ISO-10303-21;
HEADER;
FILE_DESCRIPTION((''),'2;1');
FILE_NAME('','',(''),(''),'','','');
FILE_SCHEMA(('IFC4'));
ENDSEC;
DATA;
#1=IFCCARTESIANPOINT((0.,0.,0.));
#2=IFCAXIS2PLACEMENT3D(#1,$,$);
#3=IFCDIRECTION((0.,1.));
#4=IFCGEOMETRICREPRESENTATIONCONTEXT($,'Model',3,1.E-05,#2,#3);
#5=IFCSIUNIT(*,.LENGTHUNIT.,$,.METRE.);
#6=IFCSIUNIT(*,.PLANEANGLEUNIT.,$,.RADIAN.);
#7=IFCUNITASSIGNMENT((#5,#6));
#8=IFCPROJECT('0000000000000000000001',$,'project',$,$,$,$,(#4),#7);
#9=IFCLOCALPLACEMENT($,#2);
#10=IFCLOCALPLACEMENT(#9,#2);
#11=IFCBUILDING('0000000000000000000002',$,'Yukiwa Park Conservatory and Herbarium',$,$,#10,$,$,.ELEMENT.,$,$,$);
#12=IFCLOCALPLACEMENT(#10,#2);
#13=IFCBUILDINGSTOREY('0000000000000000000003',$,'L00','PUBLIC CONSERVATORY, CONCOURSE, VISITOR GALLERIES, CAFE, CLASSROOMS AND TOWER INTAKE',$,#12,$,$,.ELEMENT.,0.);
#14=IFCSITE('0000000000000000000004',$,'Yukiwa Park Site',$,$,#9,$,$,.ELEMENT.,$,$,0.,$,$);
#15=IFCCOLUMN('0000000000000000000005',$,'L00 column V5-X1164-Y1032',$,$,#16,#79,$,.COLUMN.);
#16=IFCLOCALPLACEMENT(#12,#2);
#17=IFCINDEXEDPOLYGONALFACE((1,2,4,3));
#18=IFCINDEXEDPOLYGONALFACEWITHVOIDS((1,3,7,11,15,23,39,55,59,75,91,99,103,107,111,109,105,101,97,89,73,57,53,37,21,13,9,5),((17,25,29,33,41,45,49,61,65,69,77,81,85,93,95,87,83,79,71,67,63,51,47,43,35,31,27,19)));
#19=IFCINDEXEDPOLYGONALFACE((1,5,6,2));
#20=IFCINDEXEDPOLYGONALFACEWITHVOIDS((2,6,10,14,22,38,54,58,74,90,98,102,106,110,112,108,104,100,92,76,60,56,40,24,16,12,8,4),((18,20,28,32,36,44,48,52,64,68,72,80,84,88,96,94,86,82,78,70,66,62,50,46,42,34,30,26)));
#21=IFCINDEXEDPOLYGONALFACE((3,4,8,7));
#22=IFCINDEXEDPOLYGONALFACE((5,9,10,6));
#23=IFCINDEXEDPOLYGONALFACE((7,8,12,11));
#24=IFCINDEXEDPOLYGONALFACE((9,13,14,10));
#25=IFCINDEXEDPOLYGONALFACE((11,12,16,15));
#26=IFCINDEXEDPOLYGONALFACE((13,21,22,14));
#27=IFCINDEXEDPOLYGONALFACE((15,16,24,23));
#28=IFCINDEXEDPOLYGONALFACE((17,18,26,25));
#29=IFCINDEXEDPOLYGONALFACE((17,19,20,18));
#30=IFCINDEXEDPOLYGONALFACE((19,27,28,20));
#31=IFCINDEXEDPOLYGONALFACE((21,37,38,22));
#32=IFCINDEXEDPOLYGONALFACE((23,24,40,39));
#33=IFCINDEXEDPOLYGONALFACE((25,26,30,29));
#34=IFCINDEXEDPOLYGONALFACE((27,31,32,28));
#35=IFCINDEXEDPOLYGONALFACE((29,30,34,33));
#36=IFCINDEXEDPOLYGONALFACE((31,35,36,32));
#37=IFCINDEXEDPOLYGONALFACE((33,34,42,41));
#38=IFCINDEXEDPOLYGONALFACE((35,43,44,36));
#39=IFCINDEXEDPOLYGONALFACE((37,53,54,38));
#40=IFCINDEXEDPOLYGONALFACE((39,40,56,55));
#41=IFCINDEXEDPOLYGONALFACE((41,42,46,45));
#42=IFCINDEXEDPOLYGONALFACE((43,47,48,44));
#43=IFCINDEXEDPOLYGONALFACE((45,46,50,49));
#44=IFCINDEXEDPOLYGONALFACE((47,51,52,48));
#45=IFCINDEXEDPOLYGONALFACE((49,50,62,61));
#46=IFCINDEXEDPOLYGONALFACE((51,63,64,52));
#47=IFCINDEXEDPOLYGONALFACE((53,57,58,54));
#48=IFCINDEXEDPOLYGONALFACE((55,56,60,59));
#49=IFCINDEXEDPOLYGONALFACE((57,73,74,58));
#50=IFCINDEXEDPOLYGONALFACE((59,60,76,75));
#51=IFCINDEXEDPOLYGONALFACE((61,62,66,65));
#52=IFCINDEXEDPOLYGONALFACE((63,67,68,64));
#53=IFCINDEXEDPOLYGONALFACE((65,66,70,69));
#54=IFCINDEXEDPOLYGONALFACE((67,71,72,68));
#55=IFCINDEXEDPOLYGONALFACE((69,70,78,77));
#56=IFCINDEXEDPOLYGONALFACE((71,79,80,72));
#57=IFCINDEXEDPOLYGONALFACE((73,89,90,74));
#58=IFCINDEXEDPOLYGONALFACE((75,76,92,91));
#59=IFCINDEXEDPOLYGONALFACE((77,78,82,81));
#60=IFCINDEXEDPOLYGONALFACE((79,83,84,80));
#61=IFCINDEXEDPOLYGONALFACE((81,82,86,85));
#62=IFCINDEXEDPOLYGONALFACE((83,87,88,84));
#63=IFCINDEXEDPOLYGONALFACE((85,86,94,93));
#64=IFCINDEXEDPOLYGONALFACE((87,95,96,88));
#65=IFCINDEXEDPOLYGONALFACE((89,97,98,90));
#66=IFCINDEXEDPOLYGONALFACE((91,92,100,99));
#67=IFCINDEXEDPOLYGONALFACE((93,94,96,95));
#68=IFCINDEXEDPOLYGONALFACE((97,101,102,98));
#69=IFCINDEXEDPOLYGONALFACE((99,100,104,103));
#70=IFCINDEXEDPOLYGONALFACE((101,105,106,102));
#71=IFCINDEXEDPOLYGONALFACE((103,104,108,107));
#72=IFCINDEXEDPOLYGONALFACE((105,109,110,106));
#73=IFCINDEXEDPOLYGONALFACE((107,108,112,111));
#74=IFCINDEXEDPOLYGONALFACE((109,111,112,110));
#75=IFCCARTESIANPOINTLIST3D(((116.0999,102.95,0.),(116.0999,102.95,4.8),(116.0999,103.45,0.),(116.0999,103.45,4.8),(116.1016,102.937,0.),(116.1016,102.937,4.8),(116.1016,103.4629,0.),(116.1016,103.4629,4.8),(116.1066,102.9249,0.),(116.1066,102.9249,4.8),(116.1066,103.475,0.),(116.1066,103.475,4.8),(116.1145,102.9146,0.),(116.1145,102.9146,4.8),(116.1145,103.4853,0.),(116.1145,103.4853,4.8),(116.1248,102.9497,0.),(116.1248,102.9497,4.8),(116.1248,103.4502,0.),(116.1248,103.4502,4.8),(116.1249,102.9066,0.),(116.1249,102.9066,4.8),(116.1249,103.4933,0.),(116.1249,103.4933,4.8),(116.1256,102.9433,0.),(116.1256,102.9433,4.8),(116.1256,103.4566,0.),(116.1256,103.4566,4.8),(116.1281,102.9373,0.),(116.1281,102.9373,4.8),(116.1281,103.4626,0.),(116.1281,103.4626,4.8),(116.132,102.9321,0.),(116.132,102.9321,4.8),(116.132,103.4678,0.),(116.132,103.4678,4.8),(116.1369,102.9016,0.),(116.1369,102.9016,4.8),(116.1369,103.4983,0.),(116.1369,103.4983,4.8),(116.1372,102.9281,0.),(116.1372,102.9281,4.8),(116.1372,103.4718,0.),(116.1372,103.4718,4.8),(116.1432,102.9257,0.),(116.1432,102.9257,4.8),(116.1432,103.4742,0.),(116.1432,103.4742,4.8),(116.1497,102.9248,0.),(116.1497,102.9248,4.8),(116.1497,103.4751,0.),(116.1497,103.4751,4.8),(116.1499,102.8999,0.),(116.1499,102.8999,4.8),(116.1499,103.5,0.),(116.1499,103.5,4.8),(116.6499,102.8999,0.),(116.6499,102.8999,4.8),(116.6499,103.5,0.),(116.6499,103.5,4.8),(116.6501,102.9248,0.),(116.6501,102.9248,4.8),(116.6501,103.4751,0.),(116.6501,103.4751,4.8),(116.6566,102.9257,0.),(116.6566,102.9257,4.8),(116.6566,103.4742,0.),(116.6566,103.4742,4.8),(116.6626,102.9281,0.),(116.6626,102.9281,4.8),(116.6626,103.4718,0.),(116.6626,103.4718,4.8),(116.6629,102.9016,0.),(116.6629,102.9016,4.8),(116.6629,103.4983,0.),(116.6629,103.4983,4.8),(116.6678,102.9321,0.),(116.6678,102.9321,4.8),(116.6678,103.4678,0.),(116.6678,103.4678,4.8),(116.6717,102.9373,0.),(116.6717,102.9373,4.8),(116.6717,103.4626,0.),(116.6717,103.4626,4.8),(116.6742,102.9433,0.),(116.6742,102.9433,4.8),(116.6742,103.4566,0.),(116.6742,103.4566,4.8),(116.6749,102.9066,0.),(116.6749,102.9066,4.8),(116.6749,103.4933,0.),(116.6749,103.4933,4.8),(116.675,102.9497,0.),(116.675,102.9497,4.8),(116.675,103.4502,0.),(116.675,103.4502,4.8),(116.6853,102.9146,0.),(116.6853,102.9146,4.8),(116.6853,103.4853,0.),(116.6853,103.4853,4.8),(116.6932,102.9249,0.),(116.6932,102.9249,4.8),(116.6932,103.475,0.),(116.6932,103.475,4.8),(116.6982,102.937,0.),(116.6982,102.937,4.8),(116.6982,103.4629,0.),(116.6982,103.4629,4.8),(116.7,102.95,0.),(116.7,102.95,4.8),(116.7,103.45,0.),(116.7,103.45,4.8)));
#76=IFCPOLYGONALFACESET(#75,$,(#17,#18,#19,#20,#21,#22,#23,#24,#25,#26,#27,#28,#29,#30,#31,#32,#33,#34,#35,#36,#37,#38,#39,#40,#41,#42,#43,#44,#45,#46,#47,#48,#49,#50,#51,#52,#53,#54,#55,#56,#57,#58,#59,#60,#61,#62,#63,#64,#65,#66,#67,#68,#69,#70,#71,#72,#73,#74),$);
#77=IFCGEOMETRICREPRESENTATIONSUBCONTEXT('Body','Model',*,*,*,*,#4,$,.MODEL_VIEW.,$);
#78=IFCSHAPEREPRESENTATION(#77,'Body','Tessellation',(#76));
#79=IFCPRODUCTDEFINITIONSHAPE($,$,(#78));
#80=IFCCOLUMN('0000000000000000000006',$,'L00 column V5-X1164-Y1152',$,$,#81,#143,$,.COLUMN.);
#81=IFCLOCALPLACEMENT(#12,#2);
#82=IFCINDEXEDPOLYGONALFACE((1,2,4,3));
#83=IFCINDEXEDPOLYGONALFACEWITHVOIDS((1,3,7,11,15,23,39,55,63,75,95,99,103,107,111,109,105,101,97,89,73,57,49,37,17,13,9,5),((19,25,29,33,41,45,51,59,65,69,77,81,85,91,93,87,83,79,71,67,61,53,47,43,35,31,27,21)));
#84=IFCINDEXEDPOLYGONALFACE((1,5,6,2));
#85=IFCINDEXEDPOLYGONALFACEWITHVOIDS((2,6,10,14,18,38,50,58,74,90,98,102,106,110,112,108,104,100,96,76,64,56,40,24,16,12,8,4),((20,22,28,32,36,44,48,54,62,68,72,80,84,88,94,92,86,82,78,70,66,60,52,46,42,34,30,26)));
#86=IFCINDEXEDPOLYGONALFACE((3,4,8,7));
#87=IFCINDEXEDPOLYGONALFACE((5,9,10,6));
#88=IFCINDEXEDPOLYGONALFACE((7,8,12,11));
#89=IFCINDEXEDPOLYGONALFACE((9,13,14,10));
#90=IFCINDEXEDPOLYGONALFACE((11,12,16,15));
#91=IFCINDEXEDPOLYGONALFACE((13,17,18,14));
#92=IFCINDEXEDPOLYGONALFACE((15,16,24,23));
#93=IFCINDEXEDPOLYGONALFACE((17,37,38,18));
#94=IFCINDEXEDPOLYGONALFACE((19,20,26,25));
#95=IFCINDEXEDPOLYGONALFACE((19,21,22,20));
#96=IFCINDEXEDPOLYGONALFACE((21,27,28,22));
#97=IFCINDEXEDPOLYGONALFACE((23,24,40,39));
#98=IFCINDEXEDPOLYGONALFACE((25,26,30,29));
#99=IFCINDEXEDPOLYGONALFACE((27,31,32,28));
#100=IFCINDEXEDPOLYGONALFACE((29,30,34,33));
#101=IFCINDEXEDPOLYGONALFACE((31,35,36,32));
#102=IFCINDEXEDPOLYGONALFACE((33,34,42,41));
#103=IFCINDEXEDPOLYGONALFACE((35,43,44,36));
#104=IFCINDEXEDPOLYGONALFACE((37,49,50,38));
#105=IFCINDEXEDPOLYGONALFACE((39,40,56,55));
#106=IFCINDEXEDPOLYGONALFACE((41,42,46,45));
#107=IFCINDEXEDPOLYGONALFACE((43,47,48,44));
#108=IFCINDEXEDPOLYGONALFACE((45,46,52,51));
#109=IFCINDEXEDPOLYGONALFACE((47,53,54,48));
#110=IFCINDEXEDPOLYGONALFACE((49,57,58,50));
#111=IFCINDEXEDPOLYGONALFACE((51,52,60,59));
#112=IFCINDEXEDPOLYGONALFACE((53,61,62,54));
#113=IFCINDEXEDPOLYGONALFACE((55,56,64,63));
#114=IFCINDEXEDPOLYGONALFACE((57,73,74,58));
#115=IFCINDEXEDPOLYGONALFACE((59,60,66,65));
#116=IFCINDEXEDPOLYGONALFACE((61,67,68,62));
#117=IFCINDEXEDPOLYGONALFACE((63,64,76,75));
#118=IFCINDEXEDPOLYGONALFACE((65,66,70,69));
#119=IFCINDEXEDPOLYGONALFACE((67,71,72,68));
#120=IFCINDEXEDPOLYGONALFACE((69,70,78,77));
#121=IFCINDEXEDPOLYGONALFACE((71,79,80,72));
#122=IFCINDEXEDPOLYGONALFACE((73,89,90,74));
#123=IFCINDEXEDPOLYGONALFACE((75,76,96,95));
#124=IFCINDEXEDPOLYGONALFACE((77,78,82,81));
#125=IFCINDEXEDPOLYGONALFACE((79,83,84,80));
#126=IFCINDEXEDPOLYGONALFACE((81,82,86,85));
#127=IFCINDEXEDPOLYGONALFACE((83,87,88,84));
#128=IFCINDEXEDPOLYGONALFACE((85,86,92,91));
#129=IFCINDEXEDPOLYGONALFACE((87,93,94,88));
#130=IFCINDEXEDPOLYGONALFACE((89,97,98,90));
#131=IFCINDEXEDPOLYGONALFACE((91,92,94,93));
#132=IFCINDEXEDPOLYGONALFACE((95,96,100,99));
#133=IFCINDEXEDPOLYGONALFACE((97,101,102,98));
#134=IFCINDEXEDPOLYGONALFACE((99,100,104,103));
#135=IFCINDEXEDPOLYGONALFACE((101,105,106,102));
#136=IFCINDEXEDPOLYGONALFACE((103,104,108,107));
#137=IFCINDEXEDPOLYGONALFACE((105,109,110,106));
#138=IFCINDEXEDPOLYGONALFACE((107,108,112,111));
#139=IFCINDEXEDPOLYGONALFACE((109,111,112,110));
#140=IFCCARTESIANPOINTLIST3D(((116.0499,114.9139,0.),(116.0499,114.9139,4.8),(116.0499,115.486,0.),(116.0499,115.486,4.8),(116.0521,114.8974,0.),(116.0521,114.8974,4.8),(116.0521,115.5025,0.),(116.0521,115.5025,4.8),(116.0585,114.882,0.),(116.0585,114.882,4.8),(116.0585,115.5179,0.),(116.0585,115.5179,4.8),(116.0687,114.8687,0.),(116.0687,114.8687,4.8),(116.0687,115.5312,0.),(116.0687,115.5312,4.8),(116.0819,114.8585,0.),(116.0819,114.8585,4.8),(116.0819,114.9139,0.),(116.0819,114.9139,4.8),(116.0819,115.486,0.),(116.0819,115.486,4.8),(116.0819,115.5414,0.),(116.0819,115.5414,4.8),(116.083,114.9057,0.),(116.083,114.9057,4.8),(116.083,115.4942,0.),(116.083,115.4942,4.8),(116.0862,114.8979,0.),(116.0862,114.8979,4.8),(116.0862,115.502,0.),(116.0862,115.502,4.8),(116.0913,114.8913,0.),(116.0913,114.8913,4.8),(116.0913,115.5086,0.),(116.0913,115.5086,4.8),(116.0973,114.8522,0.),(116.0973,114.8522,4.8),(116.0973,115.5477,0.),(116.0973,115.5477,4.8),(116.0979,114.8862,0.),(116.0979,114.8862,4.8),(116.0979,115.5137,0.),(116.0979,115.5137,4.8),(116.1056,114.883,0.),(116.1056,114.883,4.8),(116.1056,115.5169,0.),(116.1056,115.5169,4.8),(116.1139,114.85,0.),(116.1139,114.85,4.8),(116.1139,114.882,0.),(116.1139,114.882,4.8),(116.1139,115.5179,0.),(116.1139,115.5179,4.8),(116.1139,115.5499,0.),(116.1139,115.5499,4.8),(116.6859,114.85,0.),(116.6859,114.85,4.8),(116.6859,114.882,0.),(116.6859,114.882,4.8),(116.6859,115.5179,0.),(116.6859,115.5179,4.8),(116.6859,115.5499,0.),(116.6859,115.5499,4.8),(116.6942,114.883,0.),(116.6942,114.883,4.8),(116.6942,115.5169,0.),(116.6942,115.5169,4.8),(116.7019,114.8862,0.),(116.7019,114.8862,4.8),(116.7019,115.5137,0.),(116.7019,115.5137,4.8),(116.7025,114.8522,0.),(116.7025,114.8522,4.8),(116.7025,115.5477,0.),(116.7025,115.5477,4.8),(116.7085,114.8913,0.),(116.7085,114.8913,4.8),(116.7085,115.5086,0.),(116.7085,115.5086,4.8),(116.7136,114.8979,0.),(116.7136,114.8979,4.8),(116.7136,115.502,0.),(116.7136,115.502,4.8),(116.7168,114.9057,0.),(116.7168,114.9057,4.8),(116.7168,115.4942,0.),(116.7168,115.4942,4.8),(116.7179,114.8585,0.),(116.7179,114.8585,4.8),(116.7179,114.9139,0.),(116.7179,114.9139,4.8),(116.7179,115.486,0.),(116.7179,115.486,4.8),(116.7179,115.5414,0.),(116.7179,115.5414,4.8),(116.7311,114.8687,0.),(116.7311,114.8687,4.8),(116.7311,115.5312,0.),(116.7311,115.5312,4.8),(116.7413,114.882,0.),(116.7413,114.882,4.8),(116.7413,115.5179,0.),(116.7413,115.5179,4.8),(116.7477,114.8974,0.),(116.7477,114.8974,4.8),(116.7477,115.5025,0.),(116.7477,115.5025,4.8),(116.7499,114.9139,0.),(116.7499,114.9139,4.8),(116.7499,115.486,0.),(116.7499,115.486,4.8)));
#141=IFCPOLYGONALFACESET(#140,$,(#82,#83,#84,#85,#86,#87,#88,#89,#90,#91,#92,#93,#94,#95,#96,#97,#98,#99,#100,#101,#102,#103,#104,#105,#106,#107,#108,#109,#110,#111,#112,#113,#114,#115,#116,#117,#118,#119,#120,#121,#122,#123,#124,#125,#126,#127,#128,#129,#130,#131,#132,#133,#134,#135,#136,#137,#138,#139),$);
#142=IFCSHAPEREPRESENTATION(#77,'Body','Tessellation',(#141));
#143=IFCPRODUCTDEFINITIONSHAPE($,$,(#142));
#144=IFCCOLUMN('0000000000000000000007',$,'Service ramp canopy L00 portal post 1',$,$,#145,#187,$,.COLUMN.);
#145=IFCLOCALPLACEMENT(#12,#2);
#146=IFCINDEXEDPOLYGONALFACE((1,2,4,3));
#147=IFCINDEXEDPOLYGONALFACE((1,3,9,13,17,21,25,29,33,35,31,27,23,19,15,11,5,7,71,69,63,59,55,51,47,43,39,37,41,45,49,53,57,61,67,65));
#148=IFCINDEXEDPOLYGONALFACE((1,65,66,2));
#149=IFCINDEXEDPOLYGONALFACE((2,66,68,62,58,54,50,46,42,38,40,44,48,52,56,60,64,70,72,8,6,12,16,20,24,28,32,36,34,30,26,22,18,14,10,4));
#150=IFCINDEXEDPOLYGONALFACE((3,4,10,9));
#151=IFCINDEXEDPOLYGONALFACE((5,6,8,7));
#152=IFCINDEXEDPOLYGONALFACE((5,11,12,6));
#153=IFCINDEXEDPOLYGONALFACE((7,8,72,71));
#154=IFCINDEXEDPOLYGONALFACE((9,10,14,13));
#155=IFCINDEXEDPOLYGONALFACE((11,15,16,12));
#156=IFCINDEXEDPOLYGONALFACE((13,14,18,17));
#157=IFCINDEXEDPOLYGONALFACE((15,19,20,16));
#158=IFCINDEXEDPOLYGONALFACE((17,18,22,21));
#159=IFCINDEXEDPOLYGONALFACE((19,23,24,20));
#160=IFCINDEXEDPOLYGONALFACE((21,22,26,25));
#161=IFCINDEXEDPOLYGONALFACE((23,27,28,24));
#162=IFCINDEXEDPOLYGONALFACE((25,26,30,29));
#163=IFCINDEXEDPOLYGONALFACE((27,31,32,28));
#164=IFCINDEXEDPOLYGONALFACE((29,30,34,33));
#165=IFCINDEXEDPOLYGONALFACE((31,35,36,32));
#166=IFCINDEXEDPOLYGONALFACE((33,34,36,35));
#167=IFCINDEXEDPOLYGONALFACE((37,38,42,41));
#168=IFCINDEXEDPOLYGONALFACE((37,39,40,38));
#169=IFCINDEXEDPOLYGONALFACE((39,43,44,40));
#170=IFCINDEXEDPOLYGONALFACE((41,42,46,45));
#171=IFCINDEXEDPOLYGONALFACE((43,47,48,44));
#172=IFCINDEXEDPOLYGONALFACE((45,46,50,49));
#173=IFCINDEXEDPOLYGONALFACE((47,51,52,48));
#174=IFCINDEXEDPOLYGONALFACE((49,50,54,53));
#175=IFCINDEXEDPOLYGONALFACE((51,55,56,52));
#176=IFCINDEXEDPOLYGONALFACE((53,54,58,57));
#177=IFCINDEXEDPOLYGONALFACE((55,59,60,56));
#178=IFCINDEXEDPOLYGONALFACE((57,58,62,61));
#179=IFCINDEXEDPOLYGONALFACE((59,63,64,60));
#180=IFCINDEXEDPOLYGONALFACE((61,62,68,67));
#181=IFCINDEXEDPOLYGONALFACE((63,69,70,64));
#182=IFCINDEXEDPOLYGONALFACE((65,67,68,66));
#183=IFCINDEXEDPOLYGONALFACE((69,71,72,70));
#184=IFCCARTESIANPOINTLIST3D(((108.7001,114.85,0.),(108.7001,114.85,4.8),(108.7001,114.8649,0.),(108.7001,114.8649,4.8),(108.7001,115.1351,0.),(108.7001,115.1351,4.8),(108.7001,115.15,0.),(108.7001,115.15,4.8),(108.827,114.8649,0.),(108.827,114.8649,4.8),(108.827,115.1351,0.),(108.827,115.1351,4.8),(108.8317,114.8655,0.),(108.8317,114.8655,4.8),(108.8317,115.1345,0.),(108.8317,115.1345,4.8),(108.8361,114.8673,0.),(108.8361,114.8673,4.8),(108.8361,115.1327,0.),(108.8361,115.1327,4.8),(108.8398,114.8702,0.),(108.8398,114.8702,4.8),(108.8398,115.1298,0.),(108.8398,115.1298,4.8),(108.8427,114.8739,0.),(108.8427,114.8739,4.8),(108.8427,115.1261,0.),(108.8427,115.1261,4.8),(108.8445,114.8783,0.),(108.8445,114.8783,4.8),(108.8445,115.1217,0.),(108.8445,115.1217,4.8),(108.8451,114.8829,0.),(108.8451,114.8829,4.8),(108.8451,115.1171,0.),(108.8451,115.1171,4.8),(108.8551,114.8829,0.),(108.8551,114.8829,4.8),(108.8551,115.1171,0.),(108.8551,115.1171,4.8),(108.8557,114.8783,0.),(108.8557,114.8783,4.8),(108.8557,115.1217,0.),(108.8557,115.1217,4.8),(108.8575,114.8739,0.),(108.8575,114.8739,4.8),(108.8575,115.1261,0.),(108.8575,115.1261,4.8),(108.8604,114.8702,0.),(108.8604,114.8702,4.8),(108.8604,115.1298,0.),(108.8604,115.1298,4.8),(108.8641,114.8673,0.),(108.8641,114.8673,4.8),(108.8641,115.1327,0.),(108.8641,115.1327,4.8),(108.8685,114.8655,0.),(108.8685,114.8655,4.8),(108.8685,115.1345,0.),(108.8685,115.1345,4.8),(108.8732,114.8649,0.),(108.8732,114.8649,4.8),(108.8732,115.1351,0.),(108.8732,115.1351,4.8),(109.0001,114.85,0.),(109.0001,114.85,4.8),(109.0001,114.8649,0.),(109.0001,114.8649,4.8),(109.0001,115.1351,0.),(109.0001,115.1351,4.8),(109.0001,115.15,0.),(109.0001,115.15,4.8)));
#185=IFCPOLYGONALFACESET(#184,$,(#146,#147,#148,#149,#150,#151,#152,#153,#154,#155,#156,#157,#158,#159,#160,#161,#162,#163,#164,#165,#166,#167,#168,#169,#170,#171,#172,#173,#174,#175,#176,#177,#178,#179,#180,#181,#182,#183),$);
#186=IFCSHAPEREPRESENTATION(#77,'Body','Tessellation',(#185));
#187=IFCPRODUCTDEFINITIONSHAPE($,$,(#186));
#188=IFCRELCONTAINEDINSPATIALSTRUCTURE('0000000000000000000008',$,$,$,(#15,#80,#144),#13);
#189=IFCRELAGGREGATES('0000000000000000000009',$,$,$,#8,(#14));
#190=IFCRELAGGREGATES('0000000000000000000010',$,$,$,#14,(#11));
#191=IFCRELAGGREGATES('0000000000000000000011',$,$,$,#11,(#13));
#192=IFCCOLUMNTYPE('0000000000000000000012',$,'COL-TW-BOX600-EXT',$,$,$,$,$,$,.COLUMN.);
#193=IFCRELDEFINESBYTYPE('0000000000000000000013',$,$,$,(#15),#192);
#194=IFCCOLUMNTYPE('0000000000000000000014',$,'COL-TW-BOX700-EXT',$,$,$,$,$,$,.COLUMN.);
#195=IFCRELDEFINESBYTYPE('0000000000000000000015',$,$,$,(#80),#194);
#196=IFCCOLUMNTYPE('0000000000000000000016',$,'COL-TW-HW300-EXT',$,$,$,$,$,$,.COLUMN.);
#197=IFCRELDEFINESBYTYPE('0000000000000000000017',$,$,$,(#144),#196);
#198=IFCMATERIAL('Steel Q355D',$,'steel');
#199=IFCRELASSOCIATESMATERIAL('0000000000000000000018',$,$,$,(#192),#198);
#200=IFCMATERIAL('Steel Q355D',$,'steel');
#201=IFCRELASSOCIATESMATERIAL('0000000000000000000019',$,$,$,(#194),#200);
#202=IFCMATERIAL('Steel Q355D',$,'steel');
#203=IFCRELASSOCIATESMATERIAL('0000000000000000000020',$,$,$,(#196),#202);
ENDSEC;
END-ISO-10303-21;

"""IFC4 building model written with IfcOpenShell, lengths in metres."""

from ifc_helpers import new_model, si_unit, direction, frame, origin, origin_2d, place, context, subcontext, project, spatial, hollow_rectangle, i_section, extrude, material, material_profile, profile_set, type_object, element, save


model = new_model("IFC4")

# Units and contexts
model_context = context("Model", 3, precision=1e-05, world=origin(), true_north=direction((0.0, 1.0)))
body_context = subcontext(model_context, "Body", "Model", "MODEL_VIEW")
ifc_project = project(units=[si_unit("LENGTHUNIT", "METRE"), si_unit("PLANEANGLEUNIT", "RADIAN")], contexts=[model_context])

# Site, building, storey
site_placement = place(None, origin())
site = spatial("IfcSite", under=ifc_project, at=site_placement, Name="Yukiwa Park Site", CompositionType="ELEMENT", RefElevation=0.0)
building_placement = place(site_placement, origin())
building = spatial("IfcBuilding", under=site, at=building_placement, Name="Yukiwa Park Conservatory and Herbarium", CompositionType="ELEMENT")
storey_placement = place(building_placement, origin())
storey = spatial("IfcBuildingStorey", under=building, at=storey_placement, Name="L00", Description="PUBLIC CONSERVATORY, CONCOURSE, VISITOR GALLERIES, CAFE, CLASSROOMS AND TOWER INTAKE", CompositionType="ELEMENT", Elevation=0.0)

# Columns
ifc_material_1 = material(Name="Steel Q355D", Category="steel")
ifc_material_profile_1 = material_profile(ifc_material_1, hollow_rectangle(XDim=0.6001, YDim=0.6001, WallThickness=0.0249, InnerFilletRadius=0.0249, OuterFilletRadius=0.05, at=origin_2d()), Name="BOX 600x600x25")
ifc_profile_set_1 = profile_set([ifc_material_profile_1], Name="Steel Q355D")
column_type_1 = type_object("IfcColumnType", Name="COL-TW-BOX600-EXT", PredefinedType="COLUMN", material=ifc_profile_set_1)
for number, where, z_axis, x_axis, name in (
    (1, (116.3999, 103.2, 0.0), (0.0, 0.0, 1.0), (1.0, 0.0, 0.0), "L00 column V5-X1164-Y1032"),
):
    element("IfcColumn", number, at=place(storey_placement, frame(where, z_axis=z_axis, x_axis=x_axis)), inside=storey, type_object=column_type_1, Name=name, PredefinedType="COLUMN", context=body_context, shape_type="SweptSolid", body=[
        extrude(hollow_rectangle(XDim=0.6001, YDim=0.6001, WallThickness=0.0249, InnerFilletRadius=0.0249, OuterFilletRadius=0.05, at=origin_2d()), origin(), (0.0, 0.0, 1.0), 4.8),
    ])
ifc_material_2 = material(Name="Steel Q355D", Category="steel")
ifc_material_profile_2 = material_profile(ifc_material_2, hollow_rectangle(XDim=0.7, YDim=0.7, WallThickness=0.032, InnerFilletRadius=0.032, OuterFilletRadius=0.064, at=origin_2d()), Name="BOX 700x700x32")
ifc_profile_set_2 = profile_set([ifc_material_profile_2], Name="Steel Q355D")
column_type_2 = type_object("IfcColumnType", Name="COL-TW-BOX700-EXT", PredefinedType="COLUMN", material=ifc_profile_set_2)
column_1_placement = place(storey_placement, frame((116.3999, 115.2, 0.0), z_axis=(0.0, 0.0, 1.0), x_axis=(1.0, 0.0, 0.0)))
element("IfcColumn", 2, at=column_1_placement, inside=storey, type_object=column_type_2, Name="L00 column V5-X1164-Y1152", PredefinedType="COLUMN", context=body_context, shape_type="SweptSolid", body=[
    extrude(hollow_rectangle(XDim=0.7, YDim=0.7, WallThickness=0.032, InnerFilletRadius=0.032, OuterFilletRadius=0.064, at=origin_2d()), origin(), (0.0, 0.0, 1.0), 4.8),
])
ifc_material_3 = material(Name="Steel Q355D", Category="steel")
ifc_material_profile_3 = material_profile(ifc_material_3, i_section(OverallWidth=0.3, OverallDepth=0.3, WebThickness=0.01, FlangeThickness=0.0149, FilletRadius=0.0181, at=origin_2d()), Name="HW 300x300x10x15")
ifc_profile_set_3 = profile_set([ifc_material_profile_3], Name="Steel Q355D")
column_type_3 = type_object("IfcColumnType", Name="COL-TW-HW300-EXT", PredefinedType="COLUMN", material=ifc_profile_set_3)
for number, where, z_axis, x_axis, name in (
    (3, (108.8501, 115.0, 0.0), (0.0, 0.0, 1.0), (1.0, 0.0, 0.0), "Service ramp canopy L00 portal post 1"),
):
    element("IfcColumn", number, at=place(storey_placement, frame(where, z_axis=z_axis, x_axis=x_axis)), inside=storey, type_object=column_type_3, Name=name, PredefinedType="COLUMN", context=body_context, shape_type="SweptSolid", body=[
        extrude(i_section(OverallWidth=0.3, OverallDepth=0.3, WebThickness=0.01, FlangeThickness=0.0149, FilletRadius=0.0181, at=origin_2d()), origin(), (0.0, 0.0, 1.0), 4.8),
    ])

save(model, "model.ifc")
